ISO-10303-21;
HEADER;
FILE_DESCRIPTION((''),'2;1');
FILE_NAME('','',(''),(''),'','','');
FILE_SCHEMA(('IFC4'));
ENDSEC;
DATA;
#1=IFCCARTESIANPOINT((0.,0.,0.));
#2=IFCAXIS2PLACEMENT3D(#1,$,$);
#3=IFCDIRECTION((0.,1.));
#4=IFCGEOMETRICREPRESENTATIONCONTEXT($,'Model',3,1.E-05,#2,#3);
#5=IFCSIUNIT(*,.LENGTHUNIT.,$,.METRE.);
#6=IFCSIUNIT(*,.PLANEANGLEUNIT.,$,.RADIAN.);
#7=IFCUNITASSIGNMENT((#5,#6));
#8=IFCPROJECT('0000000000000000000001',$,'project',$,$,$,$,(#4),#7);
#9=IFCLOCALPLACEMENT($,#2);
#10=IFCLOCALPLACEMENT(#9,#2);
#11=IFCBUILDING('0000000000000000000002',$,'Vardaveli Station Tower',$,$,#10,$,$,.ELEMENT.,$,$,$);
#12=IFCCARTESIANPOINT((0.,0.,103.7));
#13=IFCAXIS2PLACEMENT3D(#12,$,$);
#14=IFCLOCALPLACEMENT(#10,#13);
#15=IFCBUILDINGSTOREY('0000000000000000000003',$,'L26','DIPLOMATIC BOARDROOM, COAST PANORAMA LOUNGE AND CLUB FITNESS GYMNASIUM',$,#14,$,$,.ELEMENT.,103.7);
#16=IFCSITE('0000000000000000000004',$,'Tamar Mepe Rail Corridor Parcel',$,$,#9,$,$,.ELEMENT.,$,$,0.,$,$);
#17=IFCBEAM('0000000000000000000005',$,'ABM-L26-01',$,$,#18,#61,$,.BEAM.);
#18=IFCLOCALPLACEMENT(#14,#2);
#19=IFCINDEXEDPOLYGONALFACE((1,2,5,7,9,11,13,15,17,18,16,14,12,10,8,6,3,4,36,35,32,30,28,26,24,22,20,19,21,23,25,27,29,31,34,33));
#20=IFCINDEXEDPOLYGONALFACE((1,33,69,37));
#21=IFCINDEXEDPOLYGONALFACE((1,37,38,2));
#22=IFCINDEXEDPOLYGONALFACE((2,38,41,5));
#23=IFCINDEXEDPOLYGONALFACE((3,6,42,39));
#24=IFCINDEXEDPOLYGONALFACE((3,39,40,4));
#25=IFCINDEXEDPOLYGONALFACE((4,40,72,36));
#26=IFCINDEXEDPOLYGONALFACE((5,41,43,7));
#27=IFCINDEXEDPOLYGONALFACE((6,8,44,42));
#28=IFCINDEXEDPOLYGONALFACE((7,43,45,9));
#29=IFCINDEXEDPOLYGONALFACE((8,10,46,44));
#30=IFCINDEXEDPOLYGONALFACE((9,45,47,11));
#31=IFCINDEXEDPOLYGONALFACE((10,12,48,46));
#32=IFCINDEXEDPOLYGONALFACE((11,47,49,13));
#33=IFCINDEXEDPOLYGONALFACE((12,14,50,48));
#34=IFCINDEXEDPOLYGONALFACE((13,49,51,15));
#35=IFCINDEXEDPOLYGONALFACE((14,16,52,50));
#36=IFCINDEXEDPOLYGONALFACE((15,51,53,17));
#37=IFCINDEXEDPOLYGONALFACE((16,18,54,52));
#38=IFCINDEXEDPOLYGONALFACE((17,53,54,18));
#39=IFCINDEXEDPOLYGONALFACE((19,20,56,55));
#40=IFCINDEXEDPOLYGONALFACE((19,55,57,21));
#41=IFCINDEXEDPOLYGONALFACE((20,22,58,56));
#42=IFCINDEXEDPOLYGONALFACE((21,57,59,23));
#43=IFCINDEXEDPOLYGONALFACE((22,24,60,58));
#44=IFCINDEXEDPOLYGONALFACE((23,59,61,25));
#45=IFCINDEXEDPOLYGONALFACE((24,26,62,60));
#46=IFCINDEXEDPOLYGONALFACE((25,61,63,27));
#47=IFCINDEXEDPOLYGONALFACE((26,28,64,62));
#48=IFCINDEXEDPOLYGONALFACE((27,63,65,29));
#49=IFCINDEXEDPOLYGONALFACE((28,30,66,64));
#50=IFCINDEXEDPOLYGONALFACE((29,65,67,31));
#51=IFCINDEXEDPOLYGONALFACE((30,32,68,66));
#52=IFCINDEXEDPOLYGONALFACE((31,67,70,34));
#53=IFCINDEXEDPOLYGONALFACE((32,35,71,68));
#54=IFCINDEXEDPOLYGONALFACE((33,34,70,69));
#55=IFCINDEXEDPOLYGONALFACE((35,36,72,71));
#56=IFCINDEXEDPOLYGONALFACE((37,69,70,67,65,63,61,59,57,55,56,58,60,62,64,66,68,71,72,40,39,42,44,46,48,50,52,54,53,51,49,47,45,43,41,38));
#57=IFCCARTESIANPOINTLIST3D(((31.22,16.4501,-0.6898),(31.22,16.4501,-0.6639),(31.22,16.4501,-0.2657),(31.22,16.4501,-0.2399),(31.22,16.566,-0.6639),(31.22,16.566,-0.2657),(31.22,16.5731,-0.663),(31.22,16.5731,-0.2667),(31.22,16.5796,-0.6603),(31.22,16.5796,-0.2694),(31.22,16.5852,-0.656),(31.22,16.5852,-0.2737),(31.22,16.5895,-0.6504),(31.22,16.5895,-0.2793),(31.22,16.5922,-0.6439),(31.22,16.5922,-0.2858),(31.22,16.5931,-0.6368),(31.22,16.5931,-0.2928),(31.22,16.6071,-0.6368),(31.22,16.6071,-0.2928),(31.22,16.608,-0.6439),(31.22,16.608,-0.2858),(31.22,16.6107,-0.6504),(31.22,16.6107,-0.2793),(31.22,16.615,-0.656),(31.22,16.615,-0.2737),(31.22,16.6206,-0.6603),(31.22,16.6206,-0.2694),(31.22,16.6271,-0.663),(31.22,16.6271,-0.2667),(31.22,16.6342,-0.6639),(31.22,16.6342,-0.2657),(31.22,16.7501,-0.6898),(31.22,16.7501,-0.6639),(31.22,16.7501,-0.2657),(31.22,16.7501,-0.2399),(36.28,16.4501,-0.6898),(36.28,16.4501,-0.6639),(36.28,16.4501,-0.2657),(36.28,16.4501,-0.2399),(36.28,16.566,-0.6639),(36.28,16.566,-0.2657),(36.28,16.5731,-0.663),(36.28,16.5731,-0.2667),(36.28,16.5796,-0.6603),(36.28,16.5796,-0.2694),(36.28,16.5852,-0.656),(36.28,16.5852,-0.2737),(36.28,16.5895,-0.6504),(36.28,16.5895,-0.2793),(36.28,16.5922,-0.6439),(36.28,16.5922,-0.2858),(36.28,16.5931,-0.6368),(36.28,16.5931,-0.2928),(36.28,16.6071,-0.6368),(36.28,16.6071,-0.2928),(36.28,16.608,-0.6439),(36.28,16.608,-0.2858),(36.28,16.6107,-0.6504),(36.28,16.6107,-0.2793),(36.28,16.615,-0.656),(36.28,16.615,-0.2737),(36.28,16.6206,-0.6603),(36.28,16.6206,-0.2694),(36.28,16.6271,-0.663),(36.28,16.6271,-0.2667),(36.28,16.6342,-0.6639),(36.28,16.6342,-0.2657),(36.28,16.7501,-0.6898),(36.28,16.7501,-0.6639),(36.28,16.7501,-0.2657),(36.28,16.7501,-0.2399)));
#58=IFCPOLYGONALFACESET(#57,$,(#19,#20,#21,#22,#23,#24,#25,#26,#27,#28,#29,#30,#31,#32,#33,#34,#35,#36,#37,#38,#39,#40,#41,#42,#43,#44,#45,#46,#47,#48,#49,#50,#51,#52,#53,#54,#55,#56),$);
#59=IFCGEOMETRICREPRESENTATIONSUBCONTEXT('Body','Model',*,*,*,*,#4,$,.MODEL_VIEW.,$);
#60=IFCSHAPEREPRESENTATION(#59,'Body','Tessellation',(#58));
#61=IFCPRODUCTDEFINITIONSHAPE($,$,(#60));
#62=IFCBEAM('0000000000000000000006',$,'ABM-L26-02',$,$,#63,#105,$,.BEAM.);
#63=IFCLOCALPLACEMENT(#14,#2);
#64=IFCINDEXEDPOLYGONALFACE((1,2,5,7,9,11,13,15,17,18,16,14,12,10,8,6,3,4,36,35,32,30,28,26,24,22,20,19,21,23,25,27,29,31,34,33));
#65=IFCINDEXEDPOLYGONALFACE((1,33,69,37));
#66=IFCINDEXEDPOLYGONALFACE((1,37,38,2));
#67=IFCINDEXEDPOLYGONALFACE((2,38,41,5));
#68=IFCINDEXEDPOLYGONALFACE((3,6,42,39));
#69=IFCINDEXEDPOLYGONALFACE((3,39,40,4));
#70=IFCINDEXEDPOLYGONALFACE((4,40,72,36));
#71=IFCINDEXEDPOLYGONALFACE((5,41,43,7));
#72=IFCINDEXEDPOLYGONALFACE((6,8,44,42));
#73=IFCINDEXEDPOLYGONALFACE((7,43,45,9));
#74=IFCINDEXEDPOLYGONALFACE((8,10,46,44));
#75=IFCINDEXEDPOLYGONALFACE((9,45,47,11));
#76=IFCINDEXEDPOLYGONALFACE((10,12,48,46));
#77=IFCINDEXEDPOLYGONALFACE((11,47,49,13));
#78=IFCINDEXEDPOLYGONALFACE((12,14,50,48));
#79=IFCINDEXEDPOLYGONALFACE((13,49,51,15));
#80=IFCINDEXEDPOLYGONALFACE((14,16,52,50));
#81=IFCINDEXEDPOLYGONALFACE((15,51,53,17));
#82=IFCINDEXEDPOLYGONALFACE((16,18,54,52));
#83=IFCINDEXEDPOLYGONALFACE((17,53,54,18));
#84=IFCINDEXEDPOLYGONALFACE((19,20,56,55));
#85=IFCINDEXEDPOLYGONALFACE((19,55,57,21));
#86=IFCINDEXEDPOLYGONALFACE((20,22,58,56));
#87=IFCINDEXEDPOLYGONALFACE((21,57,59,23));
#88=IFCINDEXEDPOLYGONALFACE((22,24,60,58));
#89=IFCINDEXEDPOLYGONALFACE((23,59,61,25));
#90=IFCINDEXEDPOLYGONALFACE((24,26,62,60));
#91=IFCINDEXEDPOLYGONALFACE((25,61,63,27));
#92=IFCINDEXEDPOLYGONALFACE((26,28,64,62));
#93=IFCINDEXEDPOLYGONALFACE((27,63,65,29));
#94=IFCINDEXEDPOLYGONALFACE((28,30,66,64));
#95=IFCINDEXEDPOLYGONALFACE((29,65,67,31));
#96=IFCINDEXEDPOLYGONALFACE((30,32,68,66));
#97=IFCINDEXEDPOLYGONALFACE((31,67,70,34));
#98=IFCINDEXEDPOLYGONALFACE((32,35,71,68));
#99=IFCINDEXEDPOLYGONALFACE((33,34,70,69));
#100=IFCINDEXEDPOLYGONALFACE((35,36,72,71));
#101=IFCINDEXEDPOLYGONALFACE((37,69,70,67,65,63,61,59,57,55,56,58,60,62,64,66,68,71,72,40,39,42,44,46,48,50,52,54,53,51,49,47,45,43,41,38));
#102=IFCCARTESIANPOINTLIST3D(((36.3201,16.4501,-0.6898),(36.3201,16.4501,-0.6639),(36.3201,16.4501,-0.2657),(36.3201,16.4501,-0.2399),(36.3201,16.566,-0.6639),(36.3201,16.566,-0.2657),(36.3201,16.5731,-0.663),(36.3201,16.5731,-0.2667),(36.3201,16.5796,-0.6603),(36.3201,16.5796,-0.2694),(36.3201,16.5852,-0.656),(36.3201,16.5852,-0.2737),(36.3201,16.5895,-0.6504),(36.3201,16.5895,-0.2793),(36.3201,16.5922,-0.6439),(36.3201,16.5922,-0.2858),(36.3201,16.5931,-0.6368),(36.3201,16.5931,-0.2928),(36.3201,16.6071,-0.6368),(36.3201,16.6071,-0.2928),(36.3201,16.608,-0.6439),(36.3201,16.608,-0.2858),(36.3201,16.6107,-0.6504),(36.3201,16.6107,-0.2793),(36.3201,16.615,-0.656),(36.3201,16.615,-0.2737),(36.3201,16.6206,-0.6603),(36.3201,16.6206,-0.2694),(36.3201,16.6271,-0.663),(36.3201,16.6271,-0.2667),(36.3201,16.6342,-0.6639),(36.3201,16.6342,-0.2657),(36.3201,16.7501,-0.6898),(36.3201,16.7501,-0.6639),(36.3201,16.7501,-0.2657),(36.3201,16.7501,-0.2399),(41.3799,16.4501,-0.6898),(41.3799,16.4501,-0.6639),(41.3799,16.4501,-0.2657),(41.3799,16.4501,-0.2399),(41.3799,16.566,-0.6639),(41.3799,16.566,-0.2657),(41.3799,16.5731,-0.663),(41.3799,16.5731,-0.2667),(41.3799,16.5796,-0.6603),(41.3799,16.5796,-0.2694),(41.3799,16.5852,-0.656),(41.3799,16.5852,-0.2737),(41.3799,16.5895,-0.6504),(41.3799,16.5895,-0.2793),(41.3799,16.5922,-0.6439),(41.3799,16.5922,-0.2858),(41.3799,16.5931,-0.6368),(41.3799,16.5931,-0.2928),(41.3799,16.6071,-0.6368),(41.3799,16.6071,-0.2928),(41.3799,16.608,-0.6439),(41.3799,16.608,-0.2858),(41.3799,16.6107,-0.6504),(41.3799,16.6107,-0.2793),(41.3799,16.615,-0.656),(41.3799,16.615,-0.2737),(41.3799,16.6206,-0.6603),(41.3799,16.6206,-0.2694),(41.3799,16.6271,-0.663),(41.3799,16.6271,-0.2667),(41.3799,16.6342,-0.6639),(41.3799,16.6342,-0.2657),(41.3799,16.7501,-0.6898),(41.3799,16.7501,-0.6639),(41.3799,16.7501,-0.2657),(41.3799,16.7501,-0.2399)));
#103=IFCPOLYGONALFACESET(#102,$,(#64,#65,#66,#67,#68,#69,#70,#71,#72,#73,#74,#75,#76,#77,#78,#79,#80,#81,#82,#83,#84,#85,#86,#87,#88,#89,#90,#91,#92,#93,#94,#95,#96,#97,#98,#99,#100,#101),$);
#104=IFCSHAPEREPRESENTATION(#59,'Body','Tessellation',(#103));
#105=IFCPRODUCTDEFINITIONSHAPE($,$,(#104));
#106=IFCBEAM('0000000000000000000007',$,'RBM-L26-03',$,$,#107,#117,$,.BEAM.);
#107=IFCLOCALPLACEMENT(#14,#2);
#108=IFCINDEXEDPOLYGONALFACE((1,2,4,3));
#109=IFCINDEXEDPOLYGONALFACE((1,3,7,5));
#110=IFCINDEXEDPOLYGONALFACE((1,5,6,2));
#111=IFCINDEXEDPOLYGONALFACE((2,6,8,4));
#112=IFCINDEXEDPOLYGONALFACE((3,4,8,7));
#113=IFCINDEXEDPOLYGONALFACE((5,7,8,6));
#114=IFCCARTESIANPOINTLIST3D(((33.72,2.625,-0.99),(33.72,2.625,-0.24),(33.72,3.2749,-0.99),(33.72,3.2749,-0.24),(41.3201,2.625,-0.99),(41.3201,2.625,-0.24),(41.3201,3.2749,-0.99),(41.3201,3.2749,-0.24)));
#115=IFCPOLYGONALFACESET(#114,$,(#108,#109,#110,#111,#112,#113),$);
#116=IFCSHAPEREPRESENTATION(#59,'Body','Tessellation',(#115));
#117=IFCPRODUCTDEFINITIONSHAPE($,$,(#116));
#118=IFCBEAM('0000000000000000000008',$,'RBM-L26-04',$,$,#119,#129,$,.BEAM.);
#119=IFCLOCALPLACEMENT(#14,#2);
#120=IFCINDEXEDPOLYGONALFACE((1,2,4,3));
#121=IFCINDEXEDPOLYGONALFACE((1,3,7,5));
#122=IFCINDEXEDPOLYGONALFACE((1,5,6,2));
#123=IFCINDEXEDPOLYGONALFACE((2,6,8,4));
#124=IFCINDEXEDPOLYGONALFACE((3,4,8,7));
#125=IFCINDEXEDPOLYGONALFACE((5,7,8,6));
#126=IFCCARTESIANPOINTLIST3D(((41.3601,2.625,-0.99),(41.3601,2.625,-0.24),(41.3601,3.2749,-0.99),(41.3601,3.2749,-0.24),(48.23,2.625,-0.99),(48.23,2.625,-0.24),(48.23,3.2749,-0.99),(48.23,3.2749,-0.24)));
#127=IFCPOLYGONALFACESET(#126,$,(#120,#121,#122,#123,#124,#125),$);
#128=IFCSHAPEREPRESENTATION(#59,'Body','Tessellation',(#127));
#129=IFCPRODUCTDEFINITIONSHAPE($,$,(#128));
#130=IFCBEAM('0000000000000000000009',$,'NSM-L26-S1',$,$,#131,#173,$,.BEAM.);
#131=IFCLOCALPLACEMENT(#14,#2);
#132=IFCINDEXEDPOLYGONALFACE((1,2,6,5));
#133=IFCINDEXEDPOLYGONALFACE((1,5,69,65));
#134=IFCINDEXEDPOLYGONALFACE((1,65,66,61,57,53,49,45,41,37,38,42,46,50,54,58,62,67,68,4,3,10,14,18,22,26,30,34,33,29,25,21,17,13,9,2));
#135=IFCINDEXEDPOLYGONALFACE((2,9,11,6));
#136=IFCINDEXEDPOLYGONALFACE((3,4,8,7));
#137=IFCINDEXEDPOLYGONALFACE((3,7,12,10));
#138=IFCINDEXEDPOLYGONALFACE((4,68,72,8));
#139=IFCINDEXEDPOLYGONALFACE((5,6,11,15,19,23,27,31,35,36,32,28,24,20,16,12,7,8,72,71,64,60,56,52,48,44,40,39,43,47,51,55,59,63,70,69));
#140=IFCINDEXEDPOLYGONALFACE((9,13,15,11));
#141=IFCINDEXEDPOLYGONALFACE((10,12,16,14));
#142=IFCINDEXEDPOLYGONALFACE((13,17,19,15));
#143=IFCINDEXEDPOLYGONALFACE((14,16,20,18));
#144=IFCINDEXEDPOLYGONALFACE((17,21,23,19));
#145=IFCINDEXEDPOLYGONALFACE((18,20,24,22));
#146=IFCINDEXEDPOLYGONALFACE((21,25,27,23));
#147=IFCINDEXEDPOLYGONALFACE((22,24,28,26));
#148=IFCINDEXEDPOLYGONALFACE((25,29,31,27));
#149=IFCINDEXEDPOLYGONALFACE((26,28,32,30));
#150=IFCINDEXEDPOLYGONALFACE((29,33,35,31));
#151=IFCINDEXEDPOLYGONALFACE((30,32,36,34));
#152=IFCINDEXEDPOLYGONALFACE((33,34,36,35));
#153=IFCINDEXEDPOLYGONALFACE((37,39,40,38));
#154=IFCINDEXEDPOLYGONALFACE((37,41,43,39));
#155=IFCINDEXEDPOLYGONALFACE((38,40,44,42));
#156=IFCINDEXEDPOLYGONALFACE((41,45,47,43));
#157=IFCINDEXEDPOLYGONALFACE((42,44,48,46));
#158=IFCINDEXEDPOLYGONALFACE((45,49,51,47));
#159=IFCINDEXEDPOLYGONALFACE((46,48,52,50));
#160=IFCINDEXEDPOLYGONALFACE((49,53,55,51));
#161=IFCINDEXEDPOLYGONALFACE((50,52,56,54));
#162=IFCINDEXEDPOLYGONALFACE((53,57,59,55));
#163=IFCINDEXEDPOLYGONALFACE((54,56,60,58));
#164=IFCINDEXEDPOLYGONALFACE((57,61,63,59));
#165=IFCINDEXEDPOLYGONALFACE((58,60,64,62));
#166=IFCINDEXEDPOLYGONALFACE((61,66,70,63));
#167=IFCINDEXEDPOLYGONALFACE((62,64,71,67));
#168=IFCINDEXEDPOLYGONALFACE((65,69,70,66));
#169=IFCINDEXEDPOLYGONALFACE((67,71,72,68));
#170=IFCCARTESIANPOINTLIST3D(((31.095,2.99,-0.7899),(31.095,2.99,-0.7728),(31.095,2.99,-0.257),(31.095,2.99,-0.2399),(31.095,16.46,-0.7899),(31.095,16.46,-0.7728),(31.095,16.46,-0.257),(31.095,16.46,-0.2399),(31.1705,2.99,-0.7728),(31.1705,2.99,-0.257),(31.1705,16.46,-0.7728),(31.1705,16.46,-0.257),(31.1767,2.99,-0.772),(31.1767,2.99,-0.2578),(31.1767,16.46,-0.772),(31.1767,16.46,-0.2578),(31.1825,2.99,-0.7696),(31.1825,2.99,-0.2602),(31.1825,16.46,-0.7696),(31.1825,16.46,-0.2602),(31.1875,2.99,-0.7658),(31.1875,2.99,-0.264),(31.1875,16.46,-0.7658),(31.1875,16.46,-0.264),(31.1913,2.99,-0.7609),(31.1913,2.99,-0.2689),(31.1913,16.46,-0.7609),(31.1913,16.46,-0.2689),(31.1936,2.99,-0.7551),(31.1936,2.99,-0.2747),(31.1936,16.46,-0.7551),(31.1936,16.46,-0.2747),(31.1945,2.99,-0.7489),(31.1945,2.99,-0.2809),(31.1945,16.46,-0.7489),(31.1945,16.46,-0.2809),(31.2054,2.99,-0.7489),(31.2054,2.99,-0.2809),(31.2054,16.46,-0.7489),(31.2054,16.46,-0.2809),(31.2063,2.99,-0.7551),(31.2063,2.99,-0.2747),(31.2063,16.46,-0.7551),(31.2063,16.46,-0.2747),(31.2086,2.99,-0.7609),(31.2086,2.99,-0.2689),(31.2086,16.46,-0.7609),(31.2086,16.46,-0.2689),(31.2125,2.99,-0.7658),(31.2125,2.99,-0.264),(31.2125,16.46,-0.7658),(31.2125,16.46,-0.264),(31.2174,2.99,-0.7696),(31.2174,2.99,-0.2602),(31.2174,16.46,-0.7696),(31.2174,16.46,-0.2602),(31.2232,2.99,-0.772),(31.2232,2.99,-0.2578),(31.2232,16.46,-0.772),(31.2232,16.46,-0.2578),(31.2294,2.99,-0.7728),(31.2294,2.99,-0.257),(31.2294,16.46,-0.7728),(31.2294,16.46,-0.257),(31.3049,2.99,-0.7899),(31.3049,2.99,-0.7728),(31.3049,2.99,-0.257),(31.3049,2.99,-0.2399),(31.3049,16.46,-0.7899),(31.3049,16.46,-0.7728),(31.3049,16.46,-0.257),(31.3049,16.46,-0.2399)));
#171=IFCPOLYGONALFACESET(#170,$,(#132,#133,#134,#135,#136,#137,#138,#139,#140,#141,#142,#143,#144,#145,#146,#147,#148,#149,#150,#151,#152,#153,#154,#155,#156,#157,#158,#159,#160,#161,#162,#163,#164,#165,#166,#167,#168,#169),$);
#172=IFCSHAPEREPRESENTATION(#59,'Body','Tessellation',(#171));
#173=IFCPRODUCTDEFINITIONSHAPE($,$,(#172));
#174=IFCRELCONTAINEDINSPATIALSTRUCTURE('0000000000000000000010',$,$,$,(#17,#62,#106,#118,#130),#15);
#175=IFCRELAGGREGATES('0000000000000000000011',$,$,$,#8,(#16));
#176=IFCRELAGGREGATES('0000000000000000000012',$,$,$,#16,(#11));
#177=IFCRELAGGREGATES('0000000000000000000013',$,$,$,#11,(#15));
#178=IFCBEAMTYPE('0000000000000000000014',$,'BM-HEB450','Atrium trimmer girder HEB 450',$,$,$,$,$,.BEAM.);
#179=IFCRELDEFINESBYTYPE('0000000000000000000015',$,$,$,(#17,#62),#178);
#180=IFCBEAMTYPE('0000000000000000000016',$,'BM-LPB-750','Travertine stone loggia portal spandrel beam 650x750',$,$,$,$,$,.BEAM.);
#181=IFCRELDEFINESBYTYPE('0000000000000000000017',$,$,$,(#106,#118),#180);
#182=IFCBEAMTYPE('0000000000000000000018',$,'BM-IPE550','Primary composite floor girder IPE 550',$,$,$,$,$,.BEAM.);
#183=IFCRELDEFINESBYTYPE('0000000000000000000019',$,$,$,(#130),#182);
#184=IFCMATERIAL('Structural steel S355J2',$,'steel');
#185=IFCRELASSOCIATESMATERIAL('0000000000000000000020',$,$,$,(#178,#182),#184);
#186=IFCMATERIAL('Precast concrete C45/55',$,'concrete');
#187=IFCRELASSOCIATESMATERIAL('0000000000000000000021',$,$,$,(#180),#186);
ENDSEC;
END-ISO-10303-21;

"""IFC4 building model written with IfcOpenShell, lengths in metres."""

from ifc_helpers import new_model, si_unit, direction, frame, origin, origin_2d, place, context, subcontext, project, spatial, rectangle, i_section, extrude, source, transform, mapped, material, material_profile, profile_set, type_object, element, save


model = new_model("IFC4")

# Units and contexts
model_context = context("Model", 3, precision=1e-05, world=origin(), true_north=direction((0.0, 1.0)))
body_context = subcontext(model_context, "Body", "Model", "MODEL_VIEW")
ifc_project = project(units=[si_unit("LENGTHUNIT", "METRE"), si_unit("PLANEANGLEUNIT", "RADIAN")], contexts=[model_context])

# Site, building, storey
site_placement = place(None, origin())
site = spatial("IfcSite", under=ifc_project, at=site_placement, Name="Tamar Mepe Rail Corridor Parcel", CompositionType="ELEMENT", RefElevation=0.0)
building_placement = place(site_placement, origin())
building = spatial("IfcBuilding", under=site, at=building_placement, Name="Vardaveli Station Tower", CompositionType="ELEMENT")
storey_placement = place(building_placement, frame((0.0, 0.0, 103.7)))
storey = spatial("IfcBuildingStorey", under=building, at=storey_placement, Name="L26", Description="DIPLOMATIC BOARDROOM, COAST PANORAMA LOUNGE AND CLUB FITNESS GYMNASIUM", CompositionType="ELEMENT", Elevation=103.7)

# Beams
ifc_material_1 = material(Name="Structural steel S355J2", Category="steel")
ifc_material_profile_1 = material_profile(ifc_material_1, i_section(OverallWidth=0.3, OverallDepth=0.45, WebThickness=0.0139, FlangeThickness=0.0259, FilletRadius=0.0271, at=origin_2d()), Name="HEB 450")
ifc_profile_set_1 = profile_set([ifc_material_profile_1], Name="Structural steel S355J2")
beam_type_1 = type_object("IfcBeamType", Name="BM-HEB450", Description="Atrium trimmer girder HEB 450", PredefinedType="BEAM", material=ifc_profile_set_1)
shared_shape_1 = source(origin(), body_context, "Body", "SweptSolid", [
    extrude(i_section(OverallWidth=0.3, OverallDepth=0.45, WebThickness=0.0139, FlangeThickness=0.0259, FilletRadius=0.0271, at=origin_2d()), origin(), (0.0, 0.0, 1.0), 5.0601),
])
beam_1_placement = place(storey_placement, frame((31.22, 16.6001, -0.4648), z_axis=(1.0, 0.0, 0.0), x_axis=(0.0, 1.0, 0.0)))
element("IfcBeam", 1, at=beam_1_placement, inside=storey, type_object=beam_type_1, Name="ABM-L26-01", PredefinedType="BEAM", context=body_context, shape_type="MappedRepresentation", body=[
    mapped(shared_shape_1, transform((0.0, 0.0, 0.0), scale=1.0)),
])
shared_shape_2 = source(origin(), body_context, "Body", "SweptSolid", [
    extrude(i_section(OverallWidth=0.3, OverallDepth=0.45, WebThickness=0.0139, FlangeThickness=0.0259, FilletRadius=0.0271, at=origin_2d()), origin(), (0.0, 0.0, 1.0), 5.0598),
])
beam_2_placement = place(storey_placement, frame((36.3201, 16.6001, -0.4648), z_axis=(1.0, 0.0, 0.0), x_axis=(0.0, 1.0, 0.0)))
element("IfcBeam", 2, at=beam_2_placement, inside=storey, type_object=beam_type_1, Name="ABM-L26-02", PredefinedType="BEAM", context=body_context, shape_type="MappedRepresentation", body=[
    mapped(shared_shape_2, transform((0.0, 0.0, 0.0), scale=1.0)),
])
ifc_material_2 = material(Name="Precast concrete C45/55", Category="concrete")
ifc_material_profile_2 = material_profile(ifc_material_2, rectangle(XDim=0.6499, YDim=0.75, at=origin_2d()), Name="LPB 650x750")
ifc_profile_set_2 = profile_set([ifc_material_profile_2], Name="Precast concrete C45/55")
beam_type_2 = type_object("IfcBeamType", Name="BM-LPB-750", Description="Travertine stone loggia portal spandrel beam 650x750", PredefinedType="BEAM", material=ifc_profile_set_2)
shared_shape_3 = source(origin(), body_context, "Body", "SweptSolid", [
    extrude(rectangle(XDim=0.6499, YDim=0.75, at=origin_2d()), origin(), (0.0, 0.0, 1.0), 7.6001),
])
beam_3_placement = place(storey_placement, frame((33.72, 2.95, -0.615), z_axis=(1.0, 0.0, 0.0), x_axis=(0.0, 1.0, 0.0)))
element("IfcBeam", 3, at=beam_3_placement, inside=storey, type_object=beam_type_2, Name="RBM-L26-03", PredefinedType="BEAM", context=body_context, shape_type="MappedRepresentation", body=[
    mapped(shared_shape_3, transform((0.0, 0.0, 0.0), scale=1.0)),
])
shared_shape_4 = source(origin(), body_context, "Body", "SweptSolid", [
    extrude(rectangle(XDim=0.6499, YDim=0.75, at=origin_2d()), origin(), (0.0, 0.0, 1.0), 6.8699),
])
beam_4_placement = place(storey_placement, frame((41.3601, 2.95, -0.615), z_axis=(1.0, 0.0, 0.0), x_axis=(0.0, 1.0, 0.0)))
element("IfcBeam", 4, at=beam_4_placement, inside=storey, type_object=beam_type_2, Name="RBM-L26-04", PredefinedType="BEAM", context=body_context, shape_type="MappedRepresentation", body=[
    mapped(shared_shape_4, transform((0.0, 0.0, 0.0), scale=1.0)),
])
ifc_material_profile_3 = material_profile(ifc_material_1, i_section(OverallWidth=0.21, OverallDepth=0.55, WebThickness=0.011, FlangeThickness=0.0171, FilletRadius=0.0239, at=origin_2d()), Name="IPE 550")
ifc_profile_set_3 = profile_set([ifc_material_profile_3], Name="Structural steel S355J2")
beam_type_3 = type_object("IfcBeamType", Name="BM-IPE550", Description="Primary composite floor girder IPE 550", PredefinedType="BEAM", material=ifc_profile_set_3)
shared_shape_5 = source(origin(), body_context, "Body", "SweptSolid", [
    extrude(i_section(OverallWidth=0.21, OverallDepth=0.55, WebThickness=0.011, FlangeThickness=0.0171, FilletRadius=0.0239, at=origin_2d()), origin(), (0.0, 0.0, 1.0), 13.47),
])
beam_5_placement = place(storey_placement, frame((31.2, 2.99, -0.5149), z_axis=(0.0, 1.0, 0.0), x_axis=(-1.0, 0.0, 0.0)))
element("IfcBeam", 5, at=beam_5_placement, inside=storey, type_object=beam_type_3, Name="NSM-L26-S1", PredefinedType="BEAM", context=body_context, shape_type="MappedRepresentation", body=[
    mapped(shared_shape_5, transform((0.0, 0.0, 0.0), scale=1.0)),
])

save(model, "model.ifc")
